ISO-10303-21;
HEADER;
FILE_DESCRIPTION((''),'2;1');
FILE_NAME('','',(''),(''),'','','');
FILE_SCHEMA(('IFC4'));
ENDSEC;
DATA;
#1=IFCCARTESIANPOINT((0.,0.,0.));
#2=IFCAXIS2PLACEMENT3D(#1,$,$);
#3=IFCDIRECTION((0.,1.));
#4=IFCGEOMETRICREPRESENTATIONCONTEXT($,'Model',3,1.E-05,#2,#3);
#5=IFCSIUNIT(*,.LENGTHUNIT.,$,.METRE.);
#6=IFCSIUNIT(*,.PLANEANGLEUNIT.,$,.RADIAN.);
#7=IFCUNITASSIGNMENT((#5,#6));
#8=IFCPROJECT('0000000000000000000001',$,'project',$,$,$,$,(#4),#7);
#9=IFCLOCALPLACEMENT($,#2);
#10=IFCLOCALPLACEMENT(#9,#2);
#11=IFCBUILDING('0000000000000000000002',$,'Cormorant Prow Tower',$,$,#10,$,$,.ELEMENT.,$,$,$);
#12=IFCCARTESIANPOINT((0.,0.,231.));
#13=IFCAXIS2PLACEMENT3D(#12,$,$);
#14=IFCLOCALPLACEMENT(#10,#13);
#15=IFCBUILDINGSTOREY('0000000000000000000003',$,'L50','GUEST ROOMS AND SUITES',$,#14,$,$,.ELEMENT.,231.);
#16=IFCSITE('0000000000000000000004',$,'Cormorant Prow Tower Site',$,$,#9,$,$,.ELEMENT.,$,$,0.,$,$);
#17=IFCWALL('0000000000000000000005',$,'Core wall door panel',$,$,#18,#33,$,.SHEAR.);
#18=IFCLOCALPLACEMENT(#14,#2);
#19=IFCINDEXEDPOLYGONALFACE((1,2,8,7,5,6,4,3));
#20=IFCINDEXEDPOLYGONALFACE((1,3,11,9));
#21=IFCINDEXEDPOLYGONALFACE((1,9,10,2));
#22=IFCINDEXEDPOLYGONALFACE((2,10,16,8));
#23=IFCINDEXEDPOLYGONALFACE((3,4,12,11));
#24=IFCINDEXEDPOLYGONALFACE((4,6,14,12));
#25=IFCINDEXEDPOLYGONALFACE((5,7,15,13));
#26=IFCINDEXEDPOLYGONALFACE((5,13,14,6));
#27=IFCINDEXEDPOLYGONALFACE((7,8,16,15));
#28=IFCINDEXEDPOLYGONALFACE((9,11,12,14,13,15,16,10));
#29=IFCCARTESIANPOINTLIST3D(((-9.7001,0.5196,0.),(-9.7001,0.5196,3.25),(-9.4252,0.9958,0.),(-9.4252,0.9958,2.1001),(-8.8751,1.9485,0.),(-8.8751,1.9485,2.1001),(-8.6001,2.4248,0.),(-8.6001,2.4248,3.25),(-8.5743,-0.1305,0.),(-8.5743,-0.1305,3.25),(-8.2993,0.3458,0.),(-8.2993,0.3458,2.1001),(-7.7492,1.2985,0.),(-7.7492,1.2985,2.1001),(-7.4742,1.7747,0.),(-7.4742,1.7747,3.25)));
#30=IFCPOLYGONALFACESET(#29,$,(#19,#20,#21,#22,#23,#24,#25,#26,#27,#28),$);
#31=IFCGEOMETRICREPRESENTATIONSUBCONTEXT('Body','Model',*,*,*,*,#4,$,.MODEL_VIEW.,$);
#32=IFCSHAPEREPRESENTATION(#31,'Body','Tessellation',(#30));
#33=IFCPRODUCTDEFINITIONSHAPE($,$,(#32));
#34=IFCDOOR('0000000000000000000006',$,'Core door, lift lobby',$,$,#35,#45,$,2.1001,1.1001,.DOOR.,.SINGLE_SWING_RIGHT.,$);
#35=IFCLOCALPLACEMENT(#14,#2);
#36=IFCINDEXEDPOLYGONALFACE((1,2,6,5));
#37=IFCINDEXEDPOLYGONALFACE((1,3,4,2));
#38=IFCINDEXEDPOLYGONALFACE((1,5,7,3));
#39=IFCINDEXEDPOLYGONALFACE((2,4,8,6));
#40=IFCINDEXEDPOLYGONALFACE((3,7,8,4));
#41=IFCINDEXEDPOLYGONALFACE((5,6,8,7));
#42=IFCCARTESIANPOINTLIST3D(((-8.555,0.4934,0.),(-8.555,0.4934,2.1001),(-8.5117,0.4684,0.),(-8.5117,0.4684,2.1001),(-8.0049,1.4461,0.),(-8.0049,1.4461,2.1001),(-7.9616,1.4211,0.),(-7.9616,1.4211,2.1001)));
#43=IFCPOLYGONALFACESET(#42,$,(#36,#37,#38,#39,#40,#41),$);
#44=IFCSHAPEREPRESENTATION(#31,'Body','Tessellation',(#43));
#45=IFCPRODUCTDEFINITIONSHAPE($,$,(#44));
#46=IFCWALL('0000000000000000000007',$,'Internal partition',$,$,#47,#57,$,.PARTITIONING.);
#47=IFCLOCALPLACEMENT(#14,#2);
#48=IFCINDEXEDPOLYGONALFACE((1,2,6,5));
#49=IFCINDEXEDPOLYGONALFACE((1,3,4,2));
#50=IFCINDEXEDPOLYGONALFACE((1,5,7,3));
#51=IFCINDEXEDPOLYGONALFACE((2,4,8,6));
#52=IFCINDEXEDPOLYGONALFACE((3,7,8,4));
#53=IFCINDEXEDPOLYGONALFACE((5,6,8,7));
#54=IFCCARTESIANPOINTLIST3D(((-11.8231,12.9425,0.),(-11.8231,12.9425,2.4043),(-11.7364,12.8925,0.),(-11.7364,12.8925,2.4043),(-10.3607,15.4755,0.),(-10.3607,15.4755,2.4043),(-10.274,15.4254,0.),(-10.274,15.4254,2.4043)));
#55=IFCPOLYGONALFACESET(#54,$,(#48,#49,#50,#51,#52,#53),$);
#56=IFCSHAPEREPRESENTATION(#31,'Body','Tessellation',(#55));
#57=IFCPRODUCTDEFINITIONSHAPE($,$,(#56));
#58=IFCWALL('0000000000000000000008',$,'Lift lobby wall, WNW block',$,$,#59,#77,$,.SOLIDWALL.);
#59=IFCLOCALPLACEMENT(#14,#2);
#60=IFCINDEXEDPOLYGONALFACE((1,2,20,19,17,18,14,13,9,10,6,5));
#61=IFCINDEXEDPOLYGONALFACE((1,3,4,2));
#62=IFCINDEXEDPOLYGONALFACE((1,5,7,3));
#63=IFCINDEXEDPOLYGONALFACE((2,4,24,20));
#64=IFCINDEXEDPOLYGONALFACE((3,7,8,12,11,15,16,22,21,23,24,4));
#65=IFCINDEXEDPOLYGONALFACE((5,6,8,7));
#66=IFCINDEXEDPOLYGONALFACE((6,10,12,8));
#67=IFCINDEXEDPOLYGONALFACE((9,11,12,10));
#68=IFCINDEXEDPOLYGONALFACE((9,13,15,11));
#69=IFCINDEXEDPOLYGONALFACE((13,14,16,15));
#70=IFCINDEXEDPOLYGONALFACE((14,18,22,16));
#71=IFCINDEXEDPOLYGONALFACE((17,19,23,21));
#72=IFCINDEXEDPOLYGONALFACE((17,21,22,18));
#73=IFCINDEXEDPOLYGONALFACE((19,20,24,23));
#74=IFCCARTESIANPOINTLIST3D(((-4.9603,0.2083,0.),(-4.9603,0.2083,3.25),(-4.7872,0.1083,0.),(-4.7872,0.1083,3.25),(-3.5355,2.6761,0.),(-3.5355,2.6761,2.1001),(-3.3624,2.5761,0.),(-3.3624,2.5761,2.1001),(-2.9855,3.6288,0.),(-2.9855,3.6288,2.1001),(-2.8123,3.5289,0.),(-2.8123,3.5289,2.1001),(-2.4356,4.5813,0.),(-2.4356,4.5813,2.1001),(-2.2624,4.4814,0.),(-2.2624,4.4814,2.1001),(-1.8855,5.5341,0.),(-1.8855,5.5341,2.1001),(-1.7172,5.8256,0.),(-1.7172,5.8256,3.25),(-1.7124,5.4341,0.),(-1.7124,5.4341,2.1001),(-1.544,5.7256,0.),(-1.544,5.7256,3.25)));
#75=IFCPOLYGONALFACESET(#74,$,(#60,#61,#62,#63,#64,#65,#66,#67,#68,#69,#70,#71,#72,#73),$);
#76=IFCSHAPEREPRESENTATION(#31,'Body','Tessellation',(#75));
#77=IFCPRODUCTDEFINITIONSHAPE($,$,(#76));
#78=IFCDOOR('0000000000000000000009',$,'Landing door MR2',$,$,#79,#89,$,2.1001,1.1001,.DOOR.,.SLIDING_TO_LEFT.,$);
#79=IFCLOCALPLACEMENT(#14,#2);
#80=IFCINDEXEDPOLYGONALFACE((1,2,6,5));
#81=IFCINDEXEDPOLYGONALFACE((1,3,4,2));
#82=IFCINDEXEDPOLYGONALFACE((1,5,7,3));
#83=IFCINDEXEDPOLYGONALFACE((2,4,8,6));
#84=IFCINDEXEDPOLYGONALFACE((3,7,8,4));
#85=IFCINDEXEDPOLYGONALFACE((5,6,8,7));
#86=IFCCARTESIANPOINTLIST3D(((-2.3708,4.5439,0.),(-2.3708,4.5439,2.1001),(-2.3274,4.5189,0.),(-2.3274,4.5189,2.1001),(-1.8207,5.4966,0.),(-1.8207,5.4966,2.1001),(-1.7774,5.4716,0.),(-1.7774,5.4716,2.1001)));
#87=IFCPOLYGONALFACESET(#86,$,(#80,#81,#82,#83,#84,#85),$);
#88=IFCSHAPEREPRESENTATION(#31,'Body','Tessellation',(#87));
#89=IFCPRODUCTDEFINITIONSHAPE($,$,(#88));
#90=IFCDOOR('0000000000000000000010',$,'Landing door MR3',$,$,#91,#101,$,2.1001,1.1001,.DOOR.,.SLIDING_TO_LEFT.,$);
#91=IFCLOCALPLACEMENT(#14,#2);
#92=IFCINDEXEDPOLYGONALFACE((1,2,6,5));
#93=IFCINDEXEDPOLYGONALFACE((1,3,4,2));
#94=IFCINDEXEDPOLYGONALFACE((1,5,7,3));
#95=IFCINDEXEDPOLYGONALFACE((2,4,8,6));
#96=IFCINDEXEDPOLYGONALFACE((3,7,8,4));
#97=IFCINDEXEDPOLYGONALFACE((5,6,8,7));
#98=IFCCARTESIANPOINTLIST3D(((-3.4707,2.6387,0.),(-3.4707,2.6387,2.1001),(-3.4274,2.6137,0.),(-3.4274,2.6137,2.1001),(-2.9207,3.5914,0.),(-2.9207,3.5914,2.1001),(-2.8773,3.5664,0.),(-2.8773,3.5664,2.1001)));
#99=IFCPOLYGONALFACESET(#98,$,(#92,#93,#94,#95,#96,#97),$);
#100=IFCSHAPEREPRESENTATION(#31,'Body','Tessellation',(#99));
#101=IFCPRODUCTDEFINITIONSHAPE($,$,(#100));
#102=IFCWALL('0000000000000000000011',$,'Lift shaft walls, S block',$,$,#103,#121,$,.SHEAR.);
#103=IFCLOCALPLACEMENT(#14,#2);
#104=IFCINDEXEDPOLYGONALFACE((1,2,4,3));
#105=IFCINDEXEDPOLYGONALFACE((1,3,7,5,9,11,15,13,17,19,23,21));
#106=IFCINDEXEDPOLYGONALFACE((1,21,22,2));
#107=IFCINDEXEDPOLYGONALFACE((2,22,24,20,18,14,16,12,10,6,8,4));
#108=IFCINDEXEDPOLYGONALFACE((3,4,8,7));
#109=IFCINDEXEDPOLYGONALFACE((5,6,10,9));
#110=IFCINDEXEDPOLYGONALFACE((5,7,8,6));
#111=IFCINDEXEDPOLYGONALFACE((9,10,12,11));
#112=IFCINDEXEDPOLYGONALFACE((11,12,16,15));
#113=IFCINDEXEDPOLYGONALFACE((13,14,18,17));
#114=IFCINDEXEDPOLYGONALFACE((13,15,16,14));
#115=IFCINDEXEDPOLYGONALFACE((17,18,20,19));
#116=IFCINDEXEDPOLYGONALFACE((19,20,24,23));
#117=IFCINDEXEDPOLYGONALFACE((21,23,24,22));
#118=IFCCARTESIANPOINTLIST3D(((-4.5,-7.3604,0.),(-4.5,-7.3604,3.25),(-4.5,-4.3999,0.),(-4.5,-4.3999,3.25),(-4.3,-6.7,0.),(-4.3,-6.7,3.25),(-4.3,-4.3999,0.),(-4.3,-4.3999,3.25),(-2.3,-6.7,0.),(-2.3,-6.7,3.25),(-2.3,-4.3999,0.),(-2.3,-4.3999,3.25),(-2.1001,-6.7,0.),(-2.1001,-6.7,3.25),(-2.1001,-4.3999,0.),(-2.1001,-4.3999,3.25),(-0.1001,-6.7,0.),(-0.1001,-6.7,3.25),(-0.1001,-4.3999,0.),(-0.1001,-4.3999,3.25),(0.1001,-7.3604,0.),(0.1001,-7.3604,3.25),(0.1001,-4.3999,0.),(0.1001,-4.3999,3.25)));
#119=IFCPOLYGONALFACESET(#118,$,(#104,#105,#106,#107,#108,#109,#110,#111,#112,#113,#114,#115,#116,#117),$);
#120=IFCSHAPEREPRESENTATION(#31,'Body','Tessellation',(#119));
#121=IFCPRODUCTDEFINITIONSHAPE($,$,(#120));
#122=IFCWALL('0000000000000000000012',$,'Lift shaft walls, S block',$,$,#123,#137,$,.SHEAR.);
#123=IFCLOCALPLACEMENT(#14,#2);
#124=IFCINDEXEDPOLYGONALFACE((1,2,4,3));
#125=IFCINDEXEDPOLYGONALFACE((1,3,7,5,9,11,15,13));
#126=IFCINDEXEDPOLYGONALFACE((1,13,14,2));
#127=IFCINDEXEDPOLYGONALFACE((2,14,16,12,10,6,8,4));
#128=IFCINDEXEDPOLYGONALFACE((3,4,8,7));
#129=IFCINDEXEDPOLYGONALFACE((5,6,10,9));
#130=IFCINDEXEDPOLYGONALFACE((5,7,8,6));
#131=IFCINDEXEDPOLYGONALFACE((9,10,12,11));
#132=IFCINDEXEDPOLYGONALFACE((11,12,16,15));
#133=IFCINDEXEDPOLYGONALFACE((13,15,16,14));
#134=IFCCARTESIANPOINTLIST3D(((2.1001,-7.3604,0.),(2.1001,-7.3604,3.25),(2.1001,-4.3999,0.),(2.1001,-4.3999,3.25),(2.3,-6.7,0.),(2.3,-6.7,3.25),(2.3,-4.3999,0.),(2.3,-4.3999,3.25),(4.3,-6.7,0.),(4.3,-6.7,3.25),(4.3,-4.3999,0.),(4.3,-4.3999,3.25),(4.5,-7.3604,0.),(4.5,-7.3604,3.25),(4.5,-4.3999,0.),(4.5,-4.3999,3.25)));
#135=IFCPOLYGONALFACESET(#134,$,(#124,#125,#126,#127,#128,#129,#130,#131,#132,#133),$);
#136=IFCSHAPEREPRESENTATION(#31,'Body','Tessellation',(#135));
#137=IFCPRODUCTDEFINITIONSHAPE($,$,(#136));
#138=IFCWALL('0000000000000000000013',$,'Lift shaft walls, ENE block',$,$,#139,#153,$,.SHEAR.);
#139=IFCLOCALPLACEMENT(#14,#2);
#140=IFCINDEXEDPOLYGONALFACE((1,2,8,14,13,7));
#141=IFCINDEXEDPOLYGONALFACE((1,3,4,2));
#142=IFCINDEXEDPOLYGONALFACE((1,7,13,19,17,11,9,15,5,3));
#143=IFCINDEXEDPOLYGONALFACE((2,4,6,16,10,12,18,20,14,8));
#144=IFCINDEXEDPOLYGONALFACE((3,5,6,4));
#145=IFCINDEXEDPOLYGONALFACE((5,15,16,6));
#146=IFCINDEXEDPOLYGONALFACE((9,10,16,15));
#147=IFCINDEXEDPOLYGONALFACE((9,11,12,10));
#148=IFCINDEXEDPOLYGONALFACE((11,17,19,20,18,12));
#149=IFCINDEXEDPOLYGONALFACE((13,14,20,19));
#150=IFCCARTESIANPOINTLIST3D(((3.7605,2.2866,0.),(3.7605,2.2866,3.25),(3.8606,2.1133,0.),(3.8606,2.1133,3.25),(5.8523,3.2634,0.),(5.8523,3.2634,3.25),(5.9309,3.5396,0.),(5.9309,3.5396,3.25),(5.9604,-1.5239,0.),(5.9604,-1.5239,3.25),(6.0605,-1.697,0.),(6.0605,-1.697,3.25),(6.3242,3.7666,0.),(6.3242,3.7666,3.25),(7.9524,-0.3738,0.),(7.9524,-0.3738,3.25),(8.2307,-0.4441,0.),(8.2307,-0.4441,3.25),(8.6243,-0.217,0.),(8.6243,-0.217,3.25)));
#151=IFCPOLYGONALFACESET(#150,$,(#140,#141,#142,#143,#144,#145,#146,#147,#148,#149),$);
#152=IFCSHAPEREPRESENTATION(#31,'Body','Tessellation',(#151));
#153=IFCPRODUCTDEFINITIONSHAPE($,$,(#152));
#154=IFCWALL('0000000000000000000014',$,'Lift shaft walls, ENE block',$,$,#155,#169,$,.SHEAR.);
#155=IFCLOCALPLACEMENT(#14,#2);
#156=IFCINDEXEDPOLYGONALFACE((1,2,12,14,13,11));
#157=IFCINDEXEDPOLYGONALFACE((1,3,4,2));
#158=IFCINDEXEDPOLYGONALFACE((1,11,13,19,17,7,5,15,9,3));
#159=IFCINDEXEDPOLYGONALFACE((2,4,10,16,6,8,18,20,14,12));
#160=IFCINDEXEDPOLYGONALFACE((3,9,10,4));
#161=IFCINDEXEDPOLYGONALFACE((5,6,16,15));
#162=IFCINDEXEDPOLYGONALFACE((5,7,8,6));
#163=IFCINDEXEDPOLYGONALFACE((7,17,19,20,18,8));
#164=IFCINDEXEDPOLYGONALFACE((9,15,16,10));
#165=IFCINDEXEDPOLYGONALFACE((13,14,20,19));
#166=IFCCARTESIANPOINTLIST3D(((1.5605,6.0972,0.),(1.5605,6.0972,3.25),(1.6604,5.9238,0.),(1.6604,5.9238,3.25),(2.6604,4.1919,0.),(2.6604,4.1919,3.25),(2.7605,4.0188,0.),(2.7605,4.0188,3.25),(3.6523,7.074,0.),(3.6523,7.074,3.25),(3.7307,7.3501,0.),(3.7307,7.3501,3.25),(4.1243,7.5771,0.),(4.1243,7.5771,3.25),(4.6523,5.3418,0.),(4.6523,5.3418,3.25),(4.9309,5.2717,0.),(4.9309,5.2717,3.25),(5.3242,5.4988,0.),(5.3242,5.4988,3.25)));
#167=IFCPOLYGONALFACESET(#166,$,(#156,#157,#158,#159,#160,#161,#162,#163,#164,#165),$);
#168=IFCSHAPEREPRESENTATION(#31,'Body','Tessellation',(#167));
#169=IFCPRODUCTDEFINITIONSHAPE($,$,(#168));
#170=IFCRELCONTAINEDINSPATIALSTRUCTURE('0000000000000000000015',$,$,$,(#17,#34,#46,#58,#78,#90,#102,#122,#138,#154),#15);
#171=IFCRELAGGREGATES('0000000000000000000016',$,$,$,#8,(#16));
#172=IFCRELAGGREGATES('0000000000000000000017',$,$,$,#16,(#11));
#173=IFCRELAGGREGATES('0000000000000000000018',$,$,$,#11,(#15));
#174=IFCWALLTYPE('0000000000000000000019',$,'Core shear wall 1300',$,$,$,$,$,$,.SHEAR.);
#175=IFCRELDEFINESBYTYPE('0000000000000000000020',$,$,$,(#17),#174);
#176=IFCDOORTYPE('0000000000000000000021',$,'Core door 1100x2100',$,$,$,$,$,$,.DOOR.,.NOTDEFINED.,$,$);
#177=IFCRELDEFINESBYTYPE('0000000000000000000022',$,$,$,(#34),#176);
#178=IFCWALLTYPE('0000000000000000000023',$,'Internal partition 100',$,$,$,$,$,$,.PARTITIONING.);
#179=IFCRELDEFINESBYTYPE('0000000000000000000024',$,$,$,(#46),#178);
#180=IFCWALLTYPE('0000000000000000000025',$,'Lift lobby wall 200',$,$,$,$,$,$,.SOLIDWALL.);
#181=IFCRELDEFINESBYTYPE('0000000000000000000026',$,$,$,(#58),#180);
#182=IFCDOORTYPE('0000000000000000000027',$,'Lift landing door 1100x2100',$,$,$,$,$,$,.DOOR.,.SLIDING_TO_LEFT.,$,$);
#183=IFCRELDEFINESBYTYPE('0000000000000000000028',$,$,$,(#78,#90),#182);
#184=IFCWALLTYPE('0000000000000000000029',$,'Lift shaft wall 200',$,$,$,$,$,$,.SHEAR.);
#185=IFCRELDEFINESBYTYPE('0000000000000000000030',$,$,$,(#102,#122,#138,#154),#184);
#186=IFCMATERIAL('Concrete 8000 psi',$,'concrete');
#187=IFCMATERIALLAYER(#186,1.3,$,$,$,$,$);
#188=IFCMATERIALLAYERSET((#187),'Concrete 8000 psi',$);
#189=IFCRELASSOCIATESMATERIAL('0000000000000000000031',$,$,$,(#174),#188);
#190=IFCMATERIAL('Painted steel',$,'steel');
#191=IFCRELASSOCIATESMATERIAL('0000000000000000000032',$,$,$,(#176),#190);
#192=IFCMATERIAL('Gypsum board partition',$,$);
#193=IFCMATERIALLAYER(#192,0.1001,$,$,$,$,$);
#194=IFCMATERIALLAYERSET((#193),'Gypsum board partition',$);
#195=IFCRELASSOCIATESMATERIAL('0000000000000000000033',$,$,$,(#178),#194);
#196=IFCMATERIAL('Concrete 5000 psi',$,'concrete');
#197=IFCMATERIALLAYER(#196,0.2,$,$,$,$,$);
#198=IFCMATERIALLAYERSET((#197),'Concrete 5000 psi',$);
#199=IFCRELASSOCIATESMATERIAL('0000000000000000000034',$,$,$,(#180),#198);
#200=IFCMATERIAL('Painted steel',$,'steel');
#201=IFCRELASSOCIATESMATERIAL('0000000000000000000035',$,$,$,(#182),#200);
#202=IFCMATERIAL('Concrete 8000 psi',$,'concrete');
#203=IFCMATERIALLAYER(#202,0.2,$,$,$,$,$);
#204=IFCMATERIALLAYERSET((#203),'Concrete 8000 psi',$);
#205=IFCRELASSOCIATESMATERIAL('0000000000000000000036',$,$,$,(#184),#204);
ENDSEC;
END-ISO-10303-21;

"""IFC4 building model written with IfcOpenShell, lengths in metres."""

from ifc_helpers import new_model, si_unit, direction, frame, frame_2d, origin, place, context, subcontext, project, spatial, polyline, rectangle, outline, extrude, material, layer, layer_set, type_object, element, fill, save


model = new_model("IFC4")

# Units and contexts
model_context = context("Model", 3, precision=1e-05, world=origin(), true_north=direction((0.0, 1.0)))
body_context = subcontext(model_context, "Body", "Model", "MODEL_VIEW")
ifc_project = project(units=[si_unit("LENGTHUNIT", "METRE"), si_unit("PLANEANGLEUNIT", "RADIAN")], contexts=[model_context])

# Site, building, storey
site_placement = place(None, origin())
site = spatial("IfcSite", under=ifc_project, at=site_placement, Name="Cormorant Prow Tower Site", CompositionType="ELEMENT", RefElevation=0.0)
building_placement = place(site_placement, origin())
building = spatial("IfcBuilding", under=site, at=building_placement, Name="Cormorant Prow Tower", CompositionType="ELEMENT")
storey_placement = place(building_placement, frame((0.0, 0.0, 231.0)))
storey = spatial("IfcBuildingStorey", under=building, at=storey_placement, Name="L50", Description="GUEST ROOMS AND SUITES", CompositionType="ELEMENT", Elevation=231.0)

# Shared definitions
ifc_material_1 = material(Name="Concrete 8000 psi", Category="concrete")
ifc_layer_1 = layer(ifc_material_1, 1.3)
ifc_layer_set_1 = layer_set([ifc_layer_1], Name="Concrete 8000 psi")
wall_type_1 = type_object("IfcWallType", Name="Core shear wall 1300", PredefinedType="SHEAR", material=ifc_layer_set_1)

# Wall, opening, door
wall_1_placement = place(storey_placement, frame((-8.0371, 2.0999, 0.0), z_axis=(0.0, 0.0, 1.0), x_axis=(-0.50003, -0.866008, 0.0)))
wall_1 = element("IfcWall", 1, at=wall_1_placement, inside=storey, type_object=wall_type_1, Name="Core wall door panel", PredefinedType="SHEAR", context=body_context, shape_type="SweptSolid", body=[
    extrude(rectangle(XDim=2.2, YDim=1.3, at=frame_2d((1.1001, 0.0))), origin(), (0.0, 0.0, 1.0), 3.25),
])
opening_1_placement = place(wall_1_placement, frame((0.55, 0.0, 0.0)))
opening_1 = element("IfcOpeningElement", 2, at=opening_1_placement, cuts=wall_1, PredefinedType="OPENING", context=body_context, shape_type="SweptSolid", body=[
    extrude(rectangle(XDim=1.1001, YDim=2.1001, at=frame_2d((0.55, 1.05))), frame((0.0, 0.6599, 0.0), z_axis=(0.0, -1.0, 0.0), x_axis=(1.0, 0.0, 0.0)), (0.0, 0.0, 1.0), 1.3201),
])
ifc_material_2 = material(Name="Painted steel", Category="steel")
door_type_1 = type_object("IfcDoorType", Name="Core door 1100x2100", OperationType="NOTDEFINED", PredefinedType="DOOR", material=ifc_material_2)
door_1_placement = place(opening_1_placement, origin())
door_1 = element("IfcDoor", 3, at=door_1_placement, inside=storey, type_object=door_type_1, Name="Core door, lift lobby", OperationType="SINGLE_SWING_RIGHT", OverallHeight=2.1001, OverallWidth=1.1001, PredefinedType="DOOR", context=body_context, shape_type="SweptSolid", body=[
    extrude(rectangle(XDim=1.1001, YDim=2.1001, at=frame_2d((0.55, 1.05))), frame((0.0, 0.4048, 0.0), z_axis=(0.0, -1.0, 0.0), x_axis=(1.0, 0.0, 0.0)), (0.0, 0.0, 1.0), 0.05),
])
fill(opening_1, door_1)

# Wall
ifc_material_3 = material(Name="Gypsum board partition")
ifc_layer_2 = layer(ifc_material_3, 0.1001)
ifc_layer_set_2 = layer_set([ifc_layer_2], Name="Gypsum board partition")
wall_type_2 = type_object("IfcWallType", Name="Internal partition 100", PredefinedType="PARTITIONING", material=ifc_layer_set_2)
wall_2_placement = place(storey_placement, frame((-11.7798, 12.9175, 0.0), z_axis=(0.0, 0.0, 1.0), x_axis=(0.499999, 0.866026, 0.0)))
element("IfcWall", 4, at=wall_2_placement, inside=storey, type_object=wall_type_2, Name="Internal partition", PredefinedType="PARTITIONING", context=body_context, shape_type="SweptSolid", body=[
    extrude(rectangle(XDim=2.9248, YDim=0.1001, at=frame_2d((1.4624, 0.0))), origin(), (0.0, 0.0, 1.0), 2.4043),
])

# Wall, openings, doors
ifc_material_4 = material(Name="Concrete 5000 psi", Category="concrete")
ifc_layer_3 = layer(ifc_material_4, 0.2)
ifc_layer_set_3 = layer_set([ifc_layer_3], Name="Concrete 5000 psi")
wall_type_3 = type_object("IfcWallType", Name="Lift lobby wall 200", PredefinedType="SOLIDWALL", material=ifc_layer_set_3)
wall_3_placement = place(storey_placement, frame((-1.6306, 5.7756, 0.0), z_axis=(0.0, 0.0, 1.0), x_axis=(-0.499993, -0.86603, 0.0)))
wall_3 = element("IfcWall", 5, at=wall_3_placement, inside=storey, type_object=wall_type_3, Name="Lift lobby wall, WNW block", PredefinedType="SOLIDWALL", context=body_context, shape_type="SweptSolid", body=[
    extrude(rectangle(XDim=6.4863, YDim=0.2, at=frame_2d((3.2432, 0.0))), origin(), (0.0, 0.0, 1.0), 3.25),
])
opening_2_placement = place(wall_3_placement, frame((0.3367, 0.0, 0.0)))
opening_2 = element("IfcOpeningElement", 6, at=opening_2_placement, cuts=wall_3, PredefinedType="OPENING", context=body_context, shape_type="SweptSolid", body=[
    extrude(rectangle(XDim=1.1001, YDim=2.1001, at=frame_2d((0.55, 1.05))), frame((0.0, 0.1099, 0.0), z_axis=(0.0, -1.0, 0.0), x_axis=(1.0, 0.0, 0.0)), (0.0, 0.0, 1.0), 0.22),
])
opening_3_placement = place(wall_3_placement, frame((2.5366, 0.0, 0.0)))
opening_3 = element("IfcOpeningElement", 7, at=opening_3_placement, cuts=wall_3, PredefinedType="OPENING", context=body_context, shape_type="SweptSolid", body=[
    extrude(rectangle(XDim=1.1001, YDim=2.1001, at=frame_2d((0.55, 1.05))), frame((0.0, 0.1099, 0.0), z_axis=(0.0, -1.0, 0.0), x_axis=(1.0, 0.0, 0.0)), (0.0, 0.0, 1.0), 0.22),
])
ifc_material_5 = material(Name="Painted steel", Category="steel")
door_type_2 = type_object("IfcDoorType", Name="Lift landing door 1100x2100", OperationType="SLIDING_TO_LEFT", PredefinedType="DOOR", material=ifc_material_5)
door_2_placement = place(opening_2_placement, origin())
door_2 = element("IfcDoor", 8, at=door_2_placement, inside=storey, type_object=door_type_2, Name="Landing door MR2", OperationType="SLIDING_TO_LEFT", OverallHeight=2.1001, OverallWidth=1.1001, PredefinedType="DOOR", context=body_context, shape_type="SweptSolid", body=[
    extrude(rectangle(XDim=1.1001, YDim=2.1001, at=frame_2d((0.55, 1.05))), frame((0.0, 0.0249, 0.0), z_axis=(0.0, -1.0, 0.0), x_axis=(1.0, 0.0, 0.0)), (0.0, 0.0, 1.0), 0.05),
])
fill(opening_2, door_2)
door_3_placement = place(opening_3_placement, origin())
door_3 = element("IfcDoor", 9, at=door_3_placement, inside=storey, type_object=door_type_2, Name="Landing door MR3", OperationType="SLIDING_TO_LEFT", OverallHeight=2.1001, OverallWidth=1.1001, PredefinedType="DOOR", context=body_context, shape_type="SweptSolid", body=[
    extrude(rectangle(XDim=1.1001, YDim=2.1001, at=frame_2d((0.55, 1.05))), frame((0.0, 0.0249, 0.0), z_axis=(0.0, -1.0, 0.0), x_axis=(1.0, 0.0, 0.0)), (0.0, 0.0, 1.0), 0.05),
])
fill(opening_3, door_3)

# Walls
ifc_material_6 = material(Name="Concrete 8000 psi", Category="concrete")
ifc_layer_4 = layer(ifc_material_6, 0.2)
ifc_layer_set_4 = layer_set([ifc_layer_4], Name="Concrete 8000 psi")
wall_type_4 = type_object("IfcWallType", Name="Lift shaft wall 200", PredefinedType="SHEAR", material=ifc_layer_set_4)
wall_4_placement = place(storey_placement, origin())
element("IfcWall", 10, at=wall_4_placement, inside=storey, type_object=wall_type_4, Name="Lift shaft walls, S block", PredefinedType="SHEAR", context=body_context, shape_type="SweptSolid", body=[
    extrude(outline(polyline([(0.1001, -7.3604), (-4.5, -7.3604), (-4.5, -4.3999), (-4.3, -4.3999), (-4.3, -6.7), (-2.3, -6.7), (-2.3, -4.3999), (-2.1001, -4.3999), (-2.1001, -6.7), (-0.1001, -6.7), (-0.1001, -4.3999), (0.1001, -4.3999), (0.1001, -7.3604)])), origin(), (0.0, 0.0, 1.0), 3.25),
])
wall_5_placement = place(storey_placement, origin())
element("IfcWall", 11, at=wall_5_placement, inside=storey, type_object=wall_type_4, Name="Lift shaft walls, S block", PredefinedType="SHEAR", context=body_context, shape_type="SweptSolid", body=[
    extrude(outline(polyline([(2.1001, -7.3604), (2.1001, -4.3999), (2.3, -4.3999), (2.3, -6.7), (4.3, -6.7), (4.3, -4.3999), (4.5, -4.3999), (4.5, -7.3604), (2.1001, -7.3604)])), origin(), (0.0, 0.0, 1.0), 3.25),
])
wall_6_placement = place(storey_placement, origin())
element("IfcWall", 12, at=wall_6_placement, inside=storey, type_object=wall_type_4, Name="Lift shaft walls, ENE block", PredefinedType="SHEAR", context=body_context, shape_type="SweptSolid", body=[
    extrude(outline(polyline([(6.3242, 3.7666), (8.6243, -0.217), (8.2307, -0.4441), (6.0605, -1.697), (5.9604, -1.5239), (7.9524, -0.3738), (5.8523, 3.2634), (3.8606, 2.1133), (3.7605, 2.2866), (5.9309, 3.5396), (6.3242, 3.7666)])), origin(), (0.0, 0.0, 1.0), 3.25),
])
wall_7_placement = place(storey_placement, origin())
element("IfcWall", 13, at=wall_7_placement, inside=storey, type_object=wall_type_4, Name="Lift shaft walls, ENE block", PredefinedType="SHEAR", context=body_context, shape_type="SweptSolid", body=[
    extrude(outline(polyline([(5.3242, 5.4988), (4.9309, 5.2717), (2.7605, 4.0188), (2.6604, 4.1919), (4.6523, 5.3418), (3.6523, 7.074), (1.6604, 5.9238), (1.5605, 6.0972), (3.7307, 7.3501), (4.1243, 7.5771), (5.3242, 5.4988)])), origin(), (0.0, 0.0, 1.0), 3.25),
])

save(model, "model.ifc")
